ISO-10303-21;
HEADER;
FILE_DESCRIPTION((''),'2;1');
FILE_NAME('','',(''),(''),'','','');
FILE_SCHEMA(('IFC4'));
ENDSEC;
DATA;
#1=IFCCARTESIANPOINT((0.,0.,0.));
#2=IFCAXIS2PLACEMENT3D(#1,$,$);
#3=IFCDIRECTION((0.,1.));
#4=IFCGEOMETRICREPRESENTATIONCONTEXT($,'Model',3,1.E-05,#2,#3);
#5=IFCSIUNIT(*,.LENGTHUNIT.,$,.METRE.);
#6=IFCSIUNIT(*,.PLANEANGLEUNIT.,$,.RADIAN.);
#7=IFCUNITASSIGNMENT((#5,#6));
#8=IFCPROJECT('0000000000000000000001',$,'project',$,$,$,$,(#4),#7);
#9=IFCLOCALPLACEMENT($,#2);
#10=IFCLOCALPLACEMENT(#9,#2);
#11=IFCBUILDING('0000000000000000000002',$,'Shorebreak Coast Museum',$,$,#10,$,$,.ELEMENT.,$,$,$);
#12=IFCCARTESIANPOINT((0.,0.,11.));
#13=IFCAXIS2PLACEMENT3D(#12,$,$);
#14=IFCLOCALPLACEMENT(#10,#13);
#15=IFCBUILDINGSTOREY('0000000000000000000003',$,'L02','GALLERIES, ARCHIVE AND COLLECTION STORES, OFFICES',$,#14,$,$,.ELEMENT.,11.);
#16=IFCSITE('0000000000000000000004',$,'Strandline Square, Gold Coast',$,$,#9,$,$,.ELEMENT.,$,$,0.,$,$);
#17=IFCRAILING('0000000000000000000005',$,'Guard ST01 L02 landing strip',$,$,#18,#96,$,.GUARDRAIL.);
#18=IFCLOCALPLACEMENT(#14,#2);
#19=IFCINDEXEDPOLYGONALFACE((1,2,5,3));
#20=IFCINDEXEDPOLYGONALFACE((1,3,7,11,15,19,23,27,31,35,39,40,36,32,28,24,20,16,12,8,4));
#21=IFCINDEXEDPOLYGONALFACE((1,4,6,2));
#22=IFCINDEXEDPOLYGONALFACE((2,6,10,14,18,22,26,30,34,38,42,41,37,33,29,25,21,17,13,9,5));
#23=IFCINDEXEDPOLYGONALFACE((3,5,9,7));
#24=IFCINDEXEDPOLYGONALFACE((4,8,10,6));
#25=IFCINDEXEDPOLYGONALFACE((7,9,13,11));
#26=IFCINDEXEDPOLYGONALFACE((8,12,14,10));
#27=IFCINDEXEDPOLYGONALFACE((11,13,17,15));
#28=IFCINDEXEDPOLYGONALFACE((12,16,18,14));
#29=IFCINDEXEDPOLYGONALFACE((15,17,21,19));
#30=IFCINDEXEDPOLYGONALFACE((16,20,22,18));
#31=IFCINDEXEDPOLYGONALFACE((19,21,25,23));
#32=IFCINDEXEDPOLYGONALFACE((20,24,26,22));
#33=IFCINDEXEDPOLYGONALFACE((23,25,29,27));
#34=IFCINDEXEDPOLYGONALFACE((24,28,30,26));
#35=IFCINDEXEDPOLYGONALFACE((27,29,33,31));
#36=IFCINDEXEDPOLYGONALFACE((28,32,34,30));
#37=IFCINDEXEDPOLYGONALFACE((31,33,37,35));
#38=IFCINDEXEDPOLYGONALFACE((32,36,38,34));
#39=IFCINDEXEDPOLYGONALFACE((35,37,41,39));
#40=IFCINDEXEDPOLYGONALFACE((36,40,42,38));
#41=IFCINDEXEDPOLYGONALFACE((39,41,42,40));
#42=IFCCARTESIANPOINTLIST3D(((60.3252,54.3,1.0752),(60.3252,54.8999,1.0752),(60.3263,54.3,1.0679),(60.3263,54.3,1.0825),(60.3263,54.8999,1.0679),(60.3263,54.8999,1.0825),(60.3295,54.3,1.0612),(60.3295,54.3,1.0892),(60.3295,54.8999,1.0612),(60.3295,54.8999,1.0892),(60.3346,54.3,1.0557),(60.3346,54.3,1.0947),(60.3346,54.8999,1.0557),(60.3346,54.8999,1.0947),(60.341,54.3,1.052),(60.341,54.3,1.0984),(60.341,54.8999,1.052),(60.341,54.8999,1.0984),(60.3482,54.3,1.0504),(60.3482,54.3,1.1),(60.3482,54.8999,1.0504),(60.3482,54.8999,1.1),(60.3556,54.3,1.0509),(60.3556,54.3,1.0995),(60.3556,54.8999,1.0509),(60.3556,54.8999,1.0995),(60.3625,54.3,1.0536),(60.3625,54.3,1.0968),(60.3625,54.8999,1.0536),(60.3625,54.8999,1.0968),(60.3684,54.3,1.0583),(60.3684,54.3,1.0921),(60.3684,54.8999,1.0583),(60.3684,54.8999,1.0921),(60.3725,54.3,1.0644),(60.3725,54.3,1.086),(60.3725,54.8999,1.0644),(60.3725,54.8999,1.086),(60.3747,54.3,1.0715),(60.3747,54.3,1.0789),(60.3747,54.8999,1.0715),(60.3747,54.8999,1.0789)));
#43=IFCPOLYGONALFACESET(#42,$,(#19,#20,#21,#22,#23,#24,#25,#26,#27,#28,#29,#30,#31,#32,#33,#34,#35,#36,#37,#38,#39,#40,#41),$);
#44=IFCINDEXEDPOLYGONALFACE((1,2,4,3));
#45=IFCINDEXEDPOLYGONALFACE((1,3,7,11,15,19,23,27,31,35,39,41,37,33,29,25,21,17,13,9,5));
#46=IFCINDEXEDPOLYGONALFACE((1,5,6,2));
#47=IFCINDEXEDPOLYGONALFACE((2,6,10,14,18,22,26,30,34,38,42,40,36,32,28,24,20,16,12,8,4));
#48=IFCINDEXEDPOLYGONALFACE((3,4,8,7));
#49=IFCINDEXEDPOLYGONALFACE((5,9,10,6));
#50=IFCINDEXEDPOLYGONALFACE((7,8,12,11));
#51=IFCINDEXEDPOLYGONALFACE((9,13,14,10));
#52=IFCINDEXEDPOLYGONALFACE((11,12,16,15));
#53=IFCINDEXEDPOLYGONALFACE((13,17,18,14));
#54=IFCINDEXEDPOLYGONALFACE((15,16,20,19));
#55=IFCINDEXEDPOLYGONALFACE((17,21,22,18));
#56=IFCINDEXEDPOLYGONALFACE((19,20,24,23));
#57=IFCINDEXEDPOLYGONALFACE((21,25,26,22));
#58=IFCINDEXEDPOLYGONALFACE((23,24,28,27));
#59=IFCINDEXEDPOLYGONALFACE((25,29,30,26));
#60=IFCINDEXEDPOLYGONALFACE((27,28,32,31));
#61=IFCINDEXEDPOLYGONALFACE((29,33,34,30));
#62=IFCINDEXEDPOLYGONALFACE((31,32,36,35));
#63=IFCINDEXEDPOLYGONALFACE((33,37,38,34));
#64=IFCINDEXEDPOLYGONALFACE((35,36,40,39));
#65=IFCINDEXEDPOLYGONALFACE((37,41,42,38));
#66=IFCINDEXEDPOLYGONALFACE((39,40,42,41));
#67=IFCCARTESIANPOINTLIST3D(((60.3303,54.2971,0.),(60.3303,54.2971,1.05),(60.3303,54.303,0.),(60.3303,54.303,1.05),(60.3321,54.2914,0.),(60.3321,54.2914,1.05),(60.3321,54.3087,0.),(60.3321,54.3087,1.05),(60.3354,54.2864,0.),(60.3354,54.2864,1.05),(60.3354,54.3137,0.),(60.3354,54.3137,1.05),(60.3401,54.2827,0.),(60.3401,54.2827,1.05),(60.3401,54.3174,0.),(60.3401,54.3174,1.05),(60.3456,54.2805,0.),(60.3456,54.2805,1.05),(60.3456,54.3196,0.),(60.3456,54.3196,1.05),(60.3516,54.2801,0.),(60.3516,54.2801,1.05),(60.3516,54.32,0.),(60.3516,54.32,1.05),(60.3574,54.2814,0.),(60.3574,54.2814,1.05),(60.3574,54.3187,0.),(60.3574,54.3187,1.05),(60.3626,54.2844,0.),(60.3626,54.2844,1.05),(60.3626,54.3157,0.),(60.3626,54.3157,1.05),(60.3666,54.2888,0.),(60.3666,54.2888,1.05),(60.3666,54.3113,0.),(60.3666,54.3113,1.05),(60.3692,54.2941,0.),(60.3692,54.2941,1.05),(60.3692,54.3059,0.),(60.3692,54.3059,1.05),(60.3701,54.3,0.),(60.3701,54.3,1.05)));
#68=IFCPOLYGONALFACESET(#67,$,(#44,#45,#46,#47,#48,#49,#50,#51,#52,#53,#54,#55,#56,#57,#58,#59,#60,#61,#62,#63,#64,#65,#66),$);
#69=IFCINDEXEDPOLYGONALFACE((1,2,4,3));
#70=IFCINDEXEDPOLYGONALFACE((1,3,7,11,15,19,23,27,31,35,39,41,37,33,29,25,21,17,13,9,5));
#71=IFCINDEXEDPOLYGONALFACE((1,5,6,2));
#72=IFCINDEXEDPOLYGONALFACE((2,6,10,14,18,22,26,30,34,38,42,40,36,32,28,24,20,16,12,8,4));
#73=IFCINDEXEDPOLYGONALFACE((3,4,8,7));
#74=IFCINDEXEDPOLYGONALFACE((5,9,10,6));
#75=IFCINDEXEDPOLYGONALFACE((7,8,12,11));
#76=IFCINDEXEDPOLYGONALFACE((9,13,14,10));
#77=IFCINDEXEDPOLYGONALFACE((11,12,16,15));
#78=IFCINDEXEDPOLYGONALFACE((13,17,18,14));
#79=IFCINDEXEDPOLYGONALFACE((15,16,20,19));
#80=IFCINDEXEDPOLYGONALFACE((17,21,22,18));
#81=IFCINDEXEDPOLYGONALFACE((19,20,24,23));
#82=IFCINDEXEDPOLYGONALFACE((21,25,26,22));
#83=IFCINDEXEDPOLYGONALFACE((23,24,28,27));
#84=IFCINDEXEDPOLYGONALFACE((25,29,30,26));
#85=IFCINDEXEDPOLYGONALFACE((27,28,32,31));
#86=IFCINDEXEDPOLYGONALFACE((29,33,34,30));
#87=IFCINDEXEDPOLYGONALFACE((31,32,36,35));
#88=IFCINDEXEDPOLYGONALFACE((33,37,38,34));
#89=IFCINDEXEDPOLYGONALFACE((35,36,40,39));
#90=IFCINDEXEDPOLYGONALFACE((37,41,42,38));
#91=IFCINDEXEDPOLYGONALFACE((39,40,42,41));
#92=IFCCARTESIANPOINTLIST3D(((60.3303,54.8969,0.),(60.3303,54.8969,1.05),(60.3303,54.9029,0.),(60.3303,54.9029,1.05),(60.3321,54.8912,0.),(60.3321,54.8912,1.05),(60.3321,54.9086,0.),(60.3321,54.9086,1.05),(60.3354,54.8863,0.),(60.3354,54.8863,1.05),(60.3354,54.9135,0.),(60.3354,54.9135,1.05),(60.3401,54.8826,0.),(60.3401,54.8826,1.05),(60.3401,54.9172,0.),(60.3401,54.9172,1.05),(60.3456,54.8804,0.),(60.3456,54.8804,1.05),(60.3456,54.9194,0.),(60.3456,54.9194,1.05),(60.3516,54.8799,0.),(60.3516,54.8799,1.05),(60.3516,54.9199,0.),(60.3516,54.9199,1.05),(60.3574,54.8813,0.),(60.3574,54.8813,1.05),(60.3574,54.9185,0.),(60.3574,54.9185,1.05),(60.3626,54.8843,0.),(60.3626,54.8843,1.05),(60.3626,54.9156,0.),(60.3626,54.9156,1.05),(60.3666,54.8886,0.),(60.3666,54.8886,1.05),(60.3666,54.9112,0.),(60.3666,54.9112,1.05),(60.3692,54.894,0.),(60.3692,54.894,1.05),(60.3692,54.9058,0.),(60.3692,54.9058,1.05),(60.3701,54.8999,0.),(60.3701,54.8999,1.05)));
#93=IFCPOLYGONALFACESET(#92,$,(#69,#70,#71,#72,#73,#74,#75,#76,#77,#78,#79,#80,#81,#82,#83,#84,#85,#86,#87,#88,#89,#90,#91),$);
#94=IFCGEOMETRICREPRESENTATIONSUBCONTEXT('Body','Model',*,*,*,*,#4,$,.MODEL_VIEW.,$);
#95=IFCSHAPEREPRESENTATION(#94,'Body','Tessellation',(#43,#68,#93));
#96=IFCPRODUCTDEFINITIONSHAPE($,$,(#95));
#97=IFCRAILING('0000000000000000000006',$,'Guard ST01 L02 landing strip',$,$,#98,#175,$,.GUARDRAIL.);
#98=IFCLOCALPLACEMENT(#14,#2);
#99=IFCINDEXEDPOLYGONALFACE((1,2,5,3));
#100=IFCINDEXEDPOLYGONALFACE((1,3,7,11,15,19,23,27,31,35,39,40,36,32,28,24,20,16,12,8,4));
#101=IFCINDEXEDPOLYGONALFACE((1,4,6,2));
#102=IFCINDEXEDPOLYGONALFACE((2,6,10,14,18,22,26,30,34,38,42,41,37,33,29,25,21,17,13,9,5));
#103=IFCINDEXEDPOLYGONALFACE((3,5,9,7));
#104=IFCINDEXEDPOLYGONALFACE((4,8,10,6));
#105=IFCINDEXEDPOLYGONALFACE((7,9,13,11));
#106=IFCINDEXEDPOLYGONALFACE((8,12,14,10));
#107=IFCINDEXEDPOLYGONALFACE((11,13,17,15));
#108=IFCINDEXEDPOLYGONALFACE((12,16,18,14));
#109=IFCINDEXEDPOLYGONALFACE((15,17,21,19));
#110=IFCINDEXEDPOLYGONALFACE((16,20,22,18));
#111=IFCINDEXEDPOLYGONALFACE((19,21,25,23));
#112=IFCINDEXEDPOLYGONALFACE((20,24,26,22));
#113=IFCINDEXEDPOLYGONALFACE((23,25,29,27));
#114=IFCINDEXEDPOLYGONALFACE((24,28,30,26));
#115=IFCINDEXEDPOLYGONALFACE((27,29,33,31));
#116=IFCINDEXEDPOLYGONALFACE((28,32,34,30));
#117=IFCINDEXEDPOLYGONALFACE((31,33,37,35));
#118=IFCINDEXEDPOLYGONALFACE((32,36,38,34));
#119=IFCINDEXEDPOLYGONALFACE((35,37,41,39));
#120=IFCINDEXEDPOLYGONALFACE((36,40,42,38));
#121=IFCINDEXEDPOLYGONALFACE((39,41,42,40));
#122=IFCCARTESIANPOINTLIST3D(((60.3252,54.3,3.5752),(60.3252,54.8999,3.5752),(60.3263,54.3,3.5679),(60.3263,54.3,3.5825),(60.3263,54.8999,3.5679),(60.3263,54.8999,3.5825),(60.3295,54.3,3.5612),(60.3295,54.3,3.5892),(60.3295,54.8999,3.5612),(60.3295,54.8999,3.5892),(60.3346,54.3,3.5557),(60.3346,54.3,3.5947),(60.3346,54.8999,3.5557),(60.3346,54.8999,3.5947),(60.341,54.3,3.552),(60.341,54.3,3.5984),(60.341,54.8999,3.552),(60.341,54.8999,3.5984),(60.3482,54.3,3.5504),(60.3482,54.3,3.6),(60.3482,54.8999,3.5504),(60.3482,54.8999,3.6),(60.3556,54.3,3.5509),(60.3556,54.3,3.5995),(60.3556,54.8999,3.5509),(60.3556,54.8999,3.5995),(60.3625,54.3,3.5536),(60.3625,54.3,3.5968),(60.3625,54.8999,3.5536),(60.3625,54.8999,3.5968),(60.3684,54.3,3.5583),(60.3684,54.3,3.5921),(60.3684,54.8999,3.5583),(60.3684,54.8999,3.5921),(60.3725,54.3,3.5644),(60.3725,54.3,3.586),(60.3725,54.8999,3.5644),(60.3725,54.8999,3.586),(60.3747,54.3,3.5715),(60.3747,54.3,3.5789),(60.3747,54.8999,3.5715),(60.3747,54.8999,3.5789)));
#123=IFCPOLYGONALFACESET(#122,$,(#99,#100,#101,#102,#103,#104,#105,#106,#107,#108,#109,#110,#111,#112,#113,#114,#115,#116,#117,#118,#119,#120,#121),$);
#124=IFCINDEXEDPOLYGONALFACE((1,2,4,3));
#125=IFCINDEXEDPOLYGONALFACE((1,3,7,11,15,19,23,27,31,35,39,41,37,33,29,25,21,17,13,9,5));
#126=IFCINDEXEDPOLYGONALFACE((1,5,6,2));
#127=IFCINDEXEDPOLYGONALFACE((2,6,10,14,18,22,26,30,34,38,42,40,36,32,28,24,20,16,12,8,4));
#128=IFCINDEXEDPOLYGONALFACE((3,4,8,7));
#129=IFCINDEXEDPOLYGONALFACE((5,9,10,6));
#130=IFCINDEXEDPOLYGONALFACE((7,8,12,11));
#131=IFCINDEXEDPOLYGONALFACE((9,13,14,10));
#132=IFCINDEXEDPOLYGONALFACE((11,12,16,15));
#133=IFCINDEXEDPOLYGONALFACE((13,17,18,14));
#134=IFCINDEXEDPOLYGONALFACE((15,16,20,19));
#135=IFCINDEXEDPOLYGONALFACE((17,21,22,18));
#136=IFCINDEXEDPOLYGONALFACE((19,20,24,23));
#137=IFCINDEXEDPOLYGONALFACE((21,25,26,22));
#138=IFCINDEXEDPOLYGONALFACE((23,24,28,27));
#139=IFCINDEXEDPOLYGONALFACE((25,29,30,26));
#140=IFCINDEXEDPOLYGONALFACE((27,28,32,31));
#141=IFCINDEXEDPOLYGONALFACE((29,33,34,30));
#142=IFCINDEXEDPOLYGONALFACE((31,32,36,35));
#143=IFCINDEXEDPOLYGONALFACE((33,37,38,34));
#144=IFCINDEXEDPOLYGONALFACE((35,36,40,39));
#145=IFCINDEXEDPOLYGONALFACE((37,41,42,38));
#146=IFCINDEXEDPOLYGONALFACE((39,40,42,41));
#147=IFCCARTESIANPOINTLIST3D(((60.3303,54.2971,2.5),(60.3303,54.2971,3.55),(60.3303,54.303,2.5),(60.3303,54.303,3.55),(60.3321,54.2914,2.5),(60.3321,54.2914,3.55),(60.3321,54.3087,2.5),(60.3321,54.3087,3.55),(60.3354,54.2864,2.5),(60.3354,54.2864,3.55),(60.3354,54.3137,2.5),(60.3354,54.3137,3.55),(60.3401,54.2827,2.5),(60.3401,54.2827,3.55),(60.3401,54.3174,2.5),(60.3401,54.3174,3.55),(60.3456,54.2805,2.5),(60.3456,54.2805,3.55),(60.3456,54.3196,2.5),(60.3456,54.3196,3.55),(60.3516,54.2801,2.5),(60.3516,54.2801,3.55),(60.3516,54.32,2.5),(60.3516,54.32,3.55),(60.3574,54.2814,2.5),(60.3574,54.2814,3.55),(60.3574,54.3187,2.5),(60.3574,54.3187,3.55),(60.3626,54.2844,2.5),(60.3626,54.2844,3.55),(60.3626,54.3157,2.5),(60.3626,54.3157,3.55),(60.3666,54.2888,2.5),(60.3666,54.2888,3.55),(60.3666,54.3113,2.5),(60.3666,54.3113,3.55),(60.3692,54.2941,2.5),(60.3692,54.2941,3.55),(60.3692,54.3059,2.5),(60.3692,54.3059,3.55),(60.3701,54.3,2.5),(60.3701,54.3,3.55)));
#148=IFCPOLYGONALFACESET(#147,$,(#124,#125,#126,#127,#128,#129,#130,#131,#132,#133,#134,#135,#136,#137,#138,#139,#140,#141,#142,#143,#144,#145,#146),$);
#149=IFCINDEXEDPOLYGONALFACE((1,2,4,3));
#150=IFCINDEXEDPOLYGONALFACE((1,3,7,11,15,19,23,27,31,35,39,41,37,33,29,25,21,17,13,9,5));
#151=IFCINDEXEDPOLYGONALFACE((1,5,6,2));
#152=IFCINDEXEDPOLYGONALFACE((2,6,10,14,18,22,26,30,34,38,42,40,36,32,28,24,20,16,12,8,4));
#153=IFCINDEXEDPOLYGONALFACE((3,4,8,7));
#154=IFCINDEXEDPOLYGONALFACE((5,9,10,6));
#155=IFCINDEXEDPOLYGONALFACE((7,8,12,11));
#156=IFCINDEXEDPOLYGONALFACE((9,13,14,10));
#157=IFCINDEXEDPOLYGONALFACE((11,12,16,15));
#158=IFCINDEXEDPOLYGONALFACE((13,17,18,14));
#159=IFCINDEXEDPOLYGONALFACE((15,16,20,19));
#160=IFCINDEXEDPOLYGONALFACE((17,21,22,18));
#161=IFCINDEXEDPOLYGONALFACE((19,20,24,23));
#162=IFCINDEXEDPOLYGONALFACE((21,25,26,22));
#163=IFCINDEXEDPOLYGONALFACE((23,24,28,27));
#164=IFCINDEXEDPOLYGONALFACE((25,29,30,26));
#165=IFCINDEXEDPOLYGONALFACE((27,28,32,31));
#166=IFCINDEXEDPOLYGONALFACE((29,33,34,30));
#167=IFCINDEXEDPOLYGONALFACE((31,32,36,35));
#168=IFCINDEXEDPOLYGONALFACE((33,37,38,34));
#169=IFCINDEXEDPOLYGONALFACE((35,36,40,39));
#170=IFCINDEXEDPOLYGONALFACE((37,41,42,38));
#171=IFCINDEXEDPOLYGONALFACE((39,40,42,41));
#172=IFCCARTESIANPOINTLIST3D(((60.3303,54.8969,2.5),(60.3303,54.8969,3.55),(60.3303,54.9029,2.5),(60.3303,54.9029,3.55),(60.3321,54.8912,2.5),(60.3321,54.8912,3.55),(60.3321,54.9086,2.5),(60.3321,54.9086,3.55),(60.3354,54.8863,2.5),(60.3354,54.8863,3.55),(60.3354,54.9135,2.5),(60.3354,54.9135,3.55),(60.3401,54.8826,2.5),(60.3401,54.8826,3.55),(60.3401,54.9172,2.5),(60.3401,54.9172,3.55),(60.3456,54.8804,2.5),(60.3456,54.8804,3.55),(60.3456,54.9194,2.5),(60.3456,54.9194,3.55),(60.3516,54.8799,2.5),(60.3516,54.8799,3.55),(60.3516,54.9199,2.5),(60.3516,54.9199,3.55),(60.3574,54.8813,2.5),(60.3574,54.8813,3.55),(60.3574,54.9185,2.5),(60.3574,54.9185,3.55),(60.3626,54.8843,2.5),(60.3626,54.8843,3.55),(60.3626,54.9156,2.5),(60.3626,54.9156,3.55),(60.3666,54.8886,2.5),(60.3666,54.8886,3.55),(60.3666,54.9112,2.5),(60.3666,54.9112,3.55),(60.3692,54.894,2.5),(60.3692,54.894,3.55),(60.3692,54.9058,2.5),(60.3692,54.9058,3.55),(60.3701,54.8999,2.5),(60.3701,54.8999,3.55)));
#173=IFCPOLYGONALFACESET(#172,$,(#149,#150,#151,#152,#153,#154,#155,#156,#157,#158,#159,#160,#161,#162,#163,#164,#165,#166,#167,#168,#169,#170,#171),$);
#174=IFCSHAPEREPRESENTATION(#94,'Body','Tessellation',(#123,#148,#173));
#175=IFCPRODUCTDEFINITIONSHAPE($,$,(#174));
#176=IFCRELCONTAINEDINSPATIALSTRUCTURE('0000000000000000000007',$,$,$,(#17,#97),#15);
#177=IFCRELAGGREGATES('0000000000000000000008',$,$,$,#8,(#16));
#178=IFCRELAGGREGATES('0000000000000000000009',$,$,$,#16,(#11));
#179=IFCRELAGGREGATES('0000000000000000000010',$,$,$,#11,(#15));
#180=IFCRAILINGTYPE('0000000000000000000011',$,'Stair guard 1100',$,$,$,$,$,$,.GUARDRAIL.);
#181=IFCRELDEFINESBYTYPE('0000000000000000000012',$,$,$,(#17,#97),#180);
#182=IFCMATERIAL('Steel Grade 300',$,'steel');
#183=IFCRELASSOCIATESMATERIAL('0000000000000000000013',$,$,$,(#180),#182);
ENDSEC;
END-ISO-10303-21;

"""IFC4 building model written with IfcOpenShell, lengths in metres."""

from ifc_helpers import new_model, si_unit, direction, frame, origin, origin_2d, place, context, subcontext, project, spatial, circle, extrude, material, type_object, element, save


model = new_model("IFC4")

# Units and contexts
model_context = context("Model", 3, precision=1e-05, world=origin(), true_north=direction((0.0, 1.0)))
body_context = subcontext(model_context, "Body", "Model", "MODEL_VIEW")
ifc_project = project(units=[si_unit("LENGTHUNIT", "METRE"), si_unit("PLANEANGLEUNIT", "RADIAN")], contexts=[model_context])

# Site, building, storey
site_placement = place(None, origin())
site = spatial("IfcSite", under=ifc_project, at=site_placement, Name="Strandline Square, Gold Coast", CompositionType="ELEMENT", RefElevation=0.0)
building_placement = place(site_placement, origin())
building = spatial("IfcBuilding", under=site, at=building_placement, Name="Shorebreak Coast Museum", CompositionType="ELEMENT")
storey_placement = place(building_placement, frame((0.0, 0.0, 11.0)))
storey = spatial("IfcBuildingStorey", under=building, at=storey_placement, Name="L02", Description="GALLERIES, ARCHIVE AND COLLECTION STORES, OFFICES", CompositionType="ELEMENT", Elevation=11.0)

# Railings
ifc_material_1 = material(Name="Steel Grade 300", Category="steel")
railing_type_1 = type_object("IfcRailingType", Name="Stair guard 1100", PredefinedType="GUARDRAIL", material=ifc_material_1)
for number, where, name in (
    (1, (60.3501, 54.3, 0.0), "Guard ST01 L02 landing strip"),
    (2, (60.3501, 54.3, 2.5), "Guard ST01 L02 landing strip"),
):
    element("IfcRailing", number, at=place(storey_placement, frame(where)), inside=storey, type_object=railing_type_1, Name=name, PredefinedType="GUARDRAIL", context=body_context, shape_type="SweptSolid", body=[
        extrude(circle(Radius=0.0249, at=origin_2d()), frame((0.0, 0.0, 1.0752), z_axis=(0.0, 1.0, 0.0), x_axis=(-1.0, 0.0, 0.0)), (0.0, 0.0, 1.0), 0.5999),
        extrude(circle(Radius=0.02, at=origin_2d()), origin(), (0.0, 0.0, 1.0), 1.05),
        extrude(circle(Radius=0.02, at=origin_2d()), frame((0.0, 0.5999, 0.0)), (0.0, 0.0, 1.0), 1.05),
    ])

save(model, "model.ifc")
